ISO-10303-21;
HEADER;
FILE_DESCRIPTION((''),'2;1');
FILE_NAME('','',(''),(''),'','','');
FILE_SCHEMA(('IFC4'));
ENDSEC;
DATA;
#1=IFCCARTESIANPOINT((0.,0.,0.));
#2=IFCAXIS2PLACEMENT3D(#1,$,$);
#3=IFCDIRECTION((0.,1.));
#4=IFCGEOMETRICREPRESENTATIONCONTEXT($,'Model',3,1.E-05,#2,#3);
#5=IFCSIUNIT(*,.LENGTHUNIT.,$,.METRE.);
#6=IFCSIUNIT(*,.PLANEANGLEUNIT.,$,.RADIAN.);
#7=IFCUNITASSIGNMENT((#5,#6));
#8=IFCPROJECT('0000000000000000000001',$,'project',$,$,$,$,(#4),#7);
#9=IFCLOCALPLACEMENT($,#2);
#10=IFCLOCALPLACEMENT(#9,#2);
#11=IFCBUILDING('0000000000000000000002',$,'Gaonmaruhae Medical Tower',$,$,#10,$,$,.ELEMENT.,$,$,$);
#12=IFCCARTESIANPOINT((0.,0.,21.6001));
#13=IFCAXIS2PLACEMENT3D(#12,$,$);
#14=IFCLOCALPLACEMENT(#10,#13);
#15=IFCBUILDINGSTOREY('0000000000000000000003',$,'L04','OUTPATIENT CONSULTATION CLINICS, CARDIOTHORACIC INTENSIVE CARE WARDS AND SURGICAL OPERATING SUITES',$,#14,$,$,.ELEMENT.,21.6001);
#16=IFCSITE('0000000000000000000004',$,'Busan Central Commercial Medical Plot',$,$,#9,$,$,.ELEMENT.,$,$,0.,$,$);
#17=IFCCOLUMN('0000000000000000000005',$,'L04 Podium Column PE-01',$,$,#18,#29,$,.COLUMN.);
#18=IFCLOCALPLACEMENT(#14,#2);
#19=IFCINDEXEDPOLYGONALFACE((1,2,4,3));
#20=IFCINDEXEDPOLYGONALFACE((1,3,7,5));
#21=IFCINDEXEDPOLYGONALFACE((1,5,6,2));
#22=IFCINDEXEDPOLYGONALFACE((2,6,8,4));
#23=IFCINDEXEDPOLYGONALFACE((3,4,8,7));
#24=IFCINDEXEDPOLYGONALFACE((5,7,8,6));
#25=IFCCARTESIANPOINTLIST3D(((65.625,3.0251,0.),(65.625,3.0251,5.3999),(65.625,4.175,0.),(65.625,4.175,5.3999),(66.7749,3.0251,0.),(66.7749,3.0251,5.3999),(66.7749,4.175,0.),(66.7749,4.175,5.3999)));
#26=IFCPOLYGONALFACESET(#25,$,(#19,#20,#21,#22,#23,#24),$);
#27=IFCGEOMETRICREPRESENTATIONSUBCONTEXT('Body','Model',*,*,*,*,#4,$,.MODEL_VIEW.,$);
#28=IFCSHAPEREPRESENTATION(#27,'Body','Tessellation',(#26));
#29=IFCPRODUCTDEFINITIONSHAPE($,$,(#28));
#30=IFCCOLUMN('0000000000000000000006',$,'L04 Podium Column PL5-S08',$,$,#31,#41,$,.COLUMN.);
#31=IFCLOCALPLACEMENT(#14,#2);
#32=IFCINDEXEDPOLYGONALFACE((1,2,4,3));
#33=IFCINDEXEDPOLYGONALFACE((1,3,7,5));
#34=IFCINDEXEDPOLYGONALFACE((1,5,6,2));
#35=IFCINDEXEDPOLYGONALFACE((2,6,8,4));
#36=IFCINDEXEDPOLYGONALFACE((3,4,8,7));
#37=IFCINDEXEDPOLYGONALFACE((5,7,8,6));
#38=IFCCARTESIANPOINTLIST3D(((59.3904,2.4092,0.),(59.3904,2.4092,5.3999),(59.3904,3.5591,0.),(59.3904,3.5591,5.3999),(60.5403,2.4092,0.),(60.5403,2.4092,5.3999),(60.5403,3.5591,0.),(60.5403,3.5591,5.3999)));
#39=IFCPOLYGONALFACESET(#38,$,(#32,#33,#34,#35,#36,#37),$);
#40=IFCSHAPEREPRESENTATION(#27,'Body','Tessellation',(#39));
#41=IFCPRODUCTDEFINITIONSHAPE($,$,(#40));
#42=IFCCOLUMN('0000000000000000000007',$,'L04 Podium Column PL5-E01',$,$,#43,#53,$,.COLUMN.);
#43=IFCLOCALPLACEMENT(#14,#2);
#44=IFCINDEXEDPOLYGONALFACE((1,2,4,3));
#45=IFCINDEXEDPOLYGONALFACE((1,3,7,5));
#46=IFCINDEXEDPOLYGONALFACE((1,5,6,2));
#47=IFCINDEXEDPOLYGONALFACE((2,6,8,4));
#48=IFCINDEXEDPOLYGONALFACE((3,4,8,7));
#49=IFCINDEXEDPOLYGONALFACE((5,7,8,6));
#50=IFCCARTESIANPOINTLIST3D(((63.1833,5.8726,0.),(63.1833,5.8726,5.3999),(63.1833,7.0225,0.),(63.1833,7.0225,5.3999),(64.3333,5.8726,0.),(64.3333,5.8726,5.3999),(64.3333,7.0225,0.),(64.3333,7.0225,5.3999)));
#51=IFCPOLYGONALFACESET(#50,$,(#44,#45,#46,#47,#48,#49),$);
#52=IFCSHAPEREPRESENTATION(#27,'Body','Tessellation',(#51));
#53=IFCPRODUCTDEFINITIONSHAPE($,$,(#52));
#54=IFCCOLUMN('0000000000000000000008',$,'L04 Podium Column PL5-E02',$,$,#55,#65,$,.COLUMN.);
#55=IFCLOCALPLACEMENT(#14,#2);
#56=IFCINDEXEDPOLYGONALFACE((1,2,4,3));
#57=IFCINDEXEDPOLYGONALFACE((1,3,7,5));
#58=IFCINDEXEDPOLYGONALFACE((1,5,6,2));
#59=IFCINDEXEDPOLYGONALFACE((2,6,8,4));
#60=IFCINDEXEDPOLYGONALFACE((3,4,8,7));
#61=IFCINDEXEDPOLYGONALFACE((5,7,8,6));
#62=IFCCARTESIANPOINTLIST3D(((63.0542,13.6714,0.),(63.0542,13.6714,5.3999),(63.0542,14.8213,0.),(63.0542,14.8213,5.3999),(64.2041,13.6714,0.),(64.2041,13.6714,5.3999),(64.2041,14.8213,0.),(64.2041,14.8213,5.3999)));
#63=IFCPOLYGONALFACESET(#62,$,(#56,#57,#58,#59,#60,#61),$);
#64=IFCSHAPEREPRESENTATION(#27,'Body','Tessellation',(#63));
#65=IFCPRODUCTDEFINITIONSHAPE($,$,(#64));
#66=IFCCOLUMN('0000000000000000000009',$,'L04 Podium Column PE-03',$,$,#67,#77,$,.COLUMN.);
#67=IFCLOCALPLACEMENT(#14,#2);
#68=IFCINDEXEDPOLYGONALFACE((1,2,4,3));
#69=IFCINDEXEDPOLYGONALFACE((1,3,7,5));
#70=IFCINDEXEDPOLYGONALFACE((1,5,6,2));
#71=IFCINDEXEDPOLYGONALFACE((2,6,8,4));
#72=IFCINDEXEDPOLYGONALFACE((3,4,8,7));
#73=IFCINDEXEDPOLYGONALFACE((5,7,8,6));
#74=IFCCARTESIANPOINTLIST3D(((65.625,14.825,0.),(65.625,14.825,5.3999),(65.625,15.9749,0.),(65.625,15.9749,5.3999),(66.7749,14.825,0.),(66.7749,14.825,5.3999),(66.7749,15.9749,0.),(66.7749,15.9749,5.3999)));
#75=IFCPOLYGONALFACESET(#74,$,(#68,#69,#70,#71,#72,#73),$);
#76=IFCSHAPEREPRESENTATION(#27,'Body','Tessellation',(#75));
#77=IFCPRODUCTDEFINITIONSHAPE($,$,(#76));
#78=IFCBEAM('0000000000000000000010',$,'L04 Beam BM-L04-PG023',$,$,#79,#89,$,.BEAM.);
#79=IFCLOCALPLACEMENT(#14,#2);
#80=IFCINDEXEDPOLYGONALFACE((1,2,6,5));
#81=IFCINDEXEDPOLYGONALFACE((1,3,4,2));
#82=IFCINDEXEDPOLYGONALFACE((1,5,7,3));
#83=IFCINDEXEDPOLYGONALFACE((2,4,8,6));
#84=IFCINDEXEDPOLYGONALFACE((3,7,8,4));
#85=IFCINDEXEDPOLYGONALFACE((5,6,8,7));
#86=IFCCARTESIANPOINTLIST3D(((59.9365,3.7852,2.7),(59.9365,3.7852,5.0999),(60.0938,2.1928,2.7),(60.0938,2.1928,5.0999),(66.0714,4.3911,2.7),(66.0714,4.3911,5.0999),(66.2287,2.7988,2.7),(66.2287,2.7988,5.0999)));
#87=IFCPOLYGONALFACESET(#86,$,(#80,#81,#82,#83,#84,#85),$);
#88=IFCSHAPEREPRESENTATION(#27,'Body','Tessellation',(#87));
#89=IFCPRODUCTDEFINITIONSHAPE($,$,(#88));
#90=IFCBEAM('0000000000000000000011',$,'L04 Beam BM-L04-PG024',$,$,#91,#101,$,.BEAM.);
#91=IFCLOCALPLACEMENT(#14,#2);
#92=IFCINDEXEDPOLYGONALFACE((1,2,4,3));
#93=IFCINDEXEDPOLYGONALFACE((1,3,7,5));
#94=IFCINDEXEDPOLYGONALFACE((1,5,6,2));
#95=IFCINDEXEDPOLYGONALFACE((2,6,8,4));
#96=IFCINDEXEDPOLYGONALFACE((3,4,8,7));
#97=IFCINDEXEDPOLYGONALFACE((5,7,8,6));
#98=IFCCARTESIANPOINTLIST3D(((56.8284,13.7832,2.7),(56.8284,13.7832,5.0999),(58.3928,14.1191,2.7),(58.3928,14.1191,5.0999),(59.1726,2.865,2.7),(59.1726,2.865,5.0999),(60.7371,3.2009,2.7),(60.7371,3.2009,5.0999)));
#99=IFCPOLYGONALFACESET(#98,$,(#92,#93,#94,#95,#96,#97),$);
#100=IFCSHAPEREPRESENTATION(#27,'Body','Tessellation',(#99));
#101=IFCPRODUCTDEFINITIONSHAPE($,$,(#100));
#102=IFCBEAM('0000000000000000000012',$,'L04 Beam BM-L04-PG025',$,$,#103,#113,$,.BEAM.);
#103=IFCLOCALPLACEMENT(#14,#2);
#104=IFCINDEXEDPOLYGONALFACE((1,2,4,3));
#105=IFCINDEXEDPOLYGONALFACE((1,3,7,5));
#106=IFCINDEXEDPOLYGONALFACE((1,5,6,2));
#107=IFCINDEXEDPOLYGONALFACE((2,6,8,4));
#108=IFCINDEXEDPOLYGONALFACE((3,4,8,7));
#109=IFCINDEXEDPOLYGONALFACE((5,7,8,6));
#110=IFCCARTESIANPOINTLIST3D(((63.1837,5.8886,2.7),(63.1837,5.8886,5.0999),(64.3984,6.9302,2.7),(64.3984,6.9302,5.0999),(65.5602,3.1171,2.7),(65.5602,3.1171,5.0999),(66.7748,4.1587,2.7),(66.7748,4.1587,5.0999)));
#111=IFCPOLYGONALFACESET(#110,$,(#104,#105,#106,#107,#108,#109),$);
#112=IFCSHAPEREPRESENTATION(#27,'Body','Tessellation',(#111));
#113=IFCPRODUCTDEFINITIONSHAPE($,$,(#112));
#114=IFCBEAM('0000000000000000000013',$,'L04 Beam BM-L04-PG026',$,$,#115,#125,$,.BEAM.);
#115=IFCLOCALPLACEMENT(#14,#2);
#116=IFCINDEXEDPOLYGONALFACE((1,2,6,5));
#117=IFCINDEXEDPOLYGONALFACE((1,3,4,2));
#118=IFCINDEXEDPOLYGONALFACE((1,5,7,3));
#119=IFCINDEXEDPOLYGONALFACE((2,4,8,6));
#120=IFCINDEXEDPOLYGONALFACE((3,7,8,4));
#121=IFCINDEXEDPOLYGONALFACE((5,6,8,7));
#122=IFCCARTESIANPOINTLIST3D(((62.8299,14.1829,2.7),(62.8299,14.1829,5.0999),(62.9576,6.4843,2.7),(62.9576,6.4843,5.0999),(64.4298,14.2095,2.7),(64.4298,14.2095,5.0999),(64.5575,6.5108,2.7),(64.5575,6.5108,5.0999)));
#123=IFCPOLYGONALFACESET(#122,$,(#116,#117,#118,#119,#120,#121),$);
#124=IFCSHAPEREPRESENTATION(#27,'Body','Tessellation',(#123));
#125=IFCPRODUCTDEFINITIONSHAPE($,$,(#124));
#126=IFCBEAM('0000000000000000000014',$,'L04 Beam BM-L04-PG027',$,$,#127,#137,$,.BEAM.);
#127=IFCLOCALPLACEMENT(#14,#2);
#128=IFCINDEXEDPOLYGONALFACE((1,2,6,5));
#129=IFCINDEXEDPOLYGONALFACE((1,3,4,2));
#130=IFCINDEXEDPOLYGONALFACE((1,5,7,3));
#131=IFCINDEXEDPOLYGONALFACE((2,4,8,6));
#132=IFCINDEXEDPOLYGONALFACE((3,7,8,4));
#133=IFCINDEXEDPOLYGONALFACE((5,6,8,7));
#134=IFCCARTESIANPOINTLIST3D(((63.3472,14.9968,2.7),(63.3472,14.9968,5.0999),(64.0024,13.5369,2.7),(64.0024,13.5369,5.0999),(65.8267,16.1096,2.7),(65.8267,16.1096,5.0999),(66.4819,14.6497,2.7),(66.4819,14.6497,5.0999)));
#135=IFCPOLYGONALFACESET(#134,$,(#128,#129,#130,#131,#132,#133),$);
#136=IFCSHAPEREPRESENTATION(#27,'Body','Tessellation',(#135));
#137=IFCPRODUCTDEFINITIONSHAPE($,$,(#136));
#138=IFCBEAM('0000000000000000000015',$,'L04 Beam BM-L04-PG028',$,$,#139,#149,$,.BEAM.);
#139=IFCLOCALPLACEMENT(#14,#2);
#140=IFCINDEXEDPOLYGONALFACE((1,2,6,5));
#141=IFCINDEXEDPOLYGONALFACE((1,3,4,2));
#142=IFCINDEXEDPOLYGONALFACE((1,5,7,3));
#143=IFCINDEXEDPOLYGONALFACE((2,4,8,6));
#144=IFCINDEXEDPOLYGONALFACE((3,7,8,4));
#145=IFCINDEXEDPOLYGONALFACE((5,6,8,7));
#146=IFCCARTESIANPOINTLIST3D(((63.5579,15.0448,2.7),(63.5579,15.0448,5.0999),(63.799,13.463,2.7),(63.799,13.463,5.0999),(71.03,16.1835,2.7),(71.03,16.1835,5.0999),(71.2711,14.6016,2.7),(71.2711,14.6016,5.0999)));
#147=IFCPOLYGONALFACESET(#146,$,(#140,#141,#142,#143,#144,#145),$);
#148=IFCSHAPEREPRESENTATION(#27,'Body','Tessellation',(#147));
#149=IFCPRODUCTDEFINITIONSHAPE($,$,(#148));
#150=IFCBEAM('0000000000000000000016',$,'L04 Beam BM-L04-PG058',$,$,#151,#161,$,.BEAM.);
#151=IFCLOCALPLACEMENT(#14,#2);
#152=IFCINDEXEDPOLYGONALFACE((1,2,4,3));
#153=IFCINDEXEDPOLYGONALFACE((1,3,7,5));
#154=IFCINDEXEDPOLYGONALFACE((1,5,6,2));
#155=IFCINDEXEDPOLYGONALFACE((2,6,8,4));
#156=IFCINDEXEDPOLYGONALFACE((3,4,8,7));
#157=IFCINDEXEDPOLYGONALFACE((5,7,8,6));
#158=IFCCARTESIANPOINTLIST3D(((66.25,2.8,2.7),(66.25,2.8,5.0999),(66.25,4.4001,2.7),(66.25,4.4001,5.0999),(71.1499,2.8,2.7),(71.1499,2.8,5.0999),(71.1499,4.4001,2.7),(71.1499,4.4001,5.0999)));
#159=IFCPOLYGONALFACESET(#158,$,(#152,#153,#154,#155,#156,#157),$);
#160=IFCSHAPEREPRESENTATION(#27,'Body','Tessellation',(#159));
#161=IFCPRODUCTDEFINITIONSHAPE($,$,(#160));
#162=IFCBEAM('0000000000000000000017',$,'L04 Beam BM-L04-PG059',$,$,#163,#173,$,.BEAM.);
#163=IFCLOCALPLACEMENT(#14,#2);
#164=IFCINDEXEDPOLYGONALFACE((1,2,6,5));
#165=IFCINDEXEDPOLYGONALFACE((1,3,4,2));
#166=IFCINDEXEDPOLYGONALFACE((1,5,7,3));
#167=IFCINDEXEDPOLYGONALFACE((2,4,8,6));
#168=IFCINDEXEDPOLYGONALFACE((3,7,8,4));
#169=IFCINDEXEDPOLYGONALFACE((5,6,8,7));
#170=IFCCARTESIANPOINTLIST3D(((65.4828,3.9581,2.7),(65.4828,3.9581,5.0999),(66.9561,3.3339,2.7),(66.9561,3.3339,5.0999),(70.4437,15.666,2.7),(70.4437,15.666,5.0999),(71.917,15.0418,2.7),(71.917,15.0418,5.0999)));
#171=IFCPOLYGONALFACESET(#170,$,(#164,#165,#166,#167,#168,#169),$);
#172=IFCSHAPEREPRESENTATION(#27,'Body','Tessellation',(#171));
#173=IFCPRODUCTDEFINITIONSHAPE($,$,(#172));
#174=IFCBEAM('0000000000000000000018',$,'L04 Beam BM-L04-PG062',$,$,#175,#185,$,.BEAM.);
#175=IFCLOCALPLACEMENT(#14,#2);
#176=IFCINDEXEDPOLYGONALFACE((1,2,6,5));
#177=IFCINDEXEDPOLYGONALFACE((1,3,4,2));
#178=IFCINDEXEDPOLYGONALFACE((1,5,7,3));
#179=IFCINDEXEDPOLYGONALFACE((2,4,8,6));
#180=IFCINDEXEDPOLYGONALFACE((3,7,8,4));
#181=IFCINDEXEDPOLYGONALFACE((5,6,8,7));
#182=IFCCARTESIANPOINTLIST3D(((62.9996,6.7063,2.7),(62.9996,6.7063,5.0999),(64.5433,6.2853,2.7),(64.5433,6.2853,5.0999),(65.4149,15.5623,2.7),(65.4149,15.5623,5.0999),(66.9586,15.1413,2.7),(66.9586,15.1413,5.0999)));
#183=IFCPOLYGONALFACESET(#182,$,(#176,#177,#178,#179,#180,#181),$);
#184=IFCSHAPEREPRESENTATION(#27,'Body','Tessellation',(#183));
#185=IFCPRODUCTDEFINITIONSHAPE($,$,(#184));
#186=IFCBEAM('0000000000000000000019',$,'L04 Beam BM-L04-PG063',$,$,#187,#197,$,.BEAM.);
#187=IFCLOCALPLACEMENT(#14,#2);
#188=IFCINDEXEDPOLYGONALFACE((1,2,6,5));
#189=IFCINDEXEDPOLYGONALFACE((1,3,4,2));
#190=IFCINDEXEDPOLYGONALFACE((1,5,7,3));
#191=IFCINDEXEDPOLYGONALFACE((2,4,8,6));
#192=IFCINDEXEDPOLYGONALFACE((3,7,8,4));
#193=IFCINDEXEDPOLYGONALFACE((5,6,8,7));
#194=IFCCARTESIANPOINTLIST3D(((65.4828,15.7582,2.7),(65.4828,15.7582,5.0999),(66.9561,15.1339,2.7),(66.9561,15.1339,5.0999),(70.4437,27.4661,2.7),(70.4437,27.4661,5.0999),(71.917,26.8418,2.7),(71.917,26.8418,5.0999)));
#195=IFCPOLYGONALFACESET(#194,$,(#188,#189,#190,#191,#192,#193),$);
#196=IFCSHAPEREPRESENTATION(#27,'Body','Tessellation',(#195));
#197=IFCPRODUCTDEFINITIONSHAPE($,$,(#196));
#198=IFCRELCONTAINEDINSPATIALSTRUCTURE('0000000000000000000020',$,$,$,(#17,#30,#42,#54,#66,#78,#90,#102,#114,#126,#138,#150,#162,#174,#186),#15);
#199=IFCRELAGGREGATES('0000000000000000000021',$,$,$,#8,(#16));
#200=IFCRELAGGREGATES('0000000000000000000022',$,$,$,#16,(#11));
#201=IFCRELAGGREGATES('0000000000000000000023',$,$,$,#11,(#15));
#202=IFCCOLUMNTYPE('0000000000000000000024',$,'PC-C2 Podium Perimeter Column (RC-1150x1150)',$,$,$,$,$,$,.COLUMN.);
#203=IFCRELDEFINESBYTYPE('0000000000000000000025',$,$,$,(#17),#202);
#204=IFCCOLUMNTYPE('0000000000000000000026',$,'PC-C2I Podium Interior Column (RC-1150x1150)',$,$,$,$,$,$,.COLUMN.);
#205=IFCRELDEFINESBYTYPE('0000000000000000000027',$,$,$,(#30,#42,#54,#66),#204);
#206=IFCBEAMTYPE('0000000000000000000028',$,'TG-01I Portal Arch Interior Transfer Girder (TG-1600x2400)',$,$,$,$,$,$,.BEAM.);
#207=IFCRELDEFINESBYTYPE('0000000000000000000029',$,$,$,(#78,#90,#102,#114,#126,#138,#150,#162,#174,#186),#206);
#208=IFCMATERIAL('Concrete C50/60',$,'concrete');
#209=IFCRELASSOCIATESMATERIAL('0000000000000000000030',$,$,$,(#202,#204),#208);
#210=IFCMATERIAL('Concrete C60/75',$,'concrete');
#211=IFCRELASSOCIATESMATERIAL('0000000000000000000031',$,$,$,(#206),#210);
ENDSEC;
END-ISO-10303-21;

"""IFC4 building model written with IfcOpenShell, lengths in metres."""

from ifc_helpers import new_model, si_unit, direction, frame, origin, origin_2d, place, context, subcontext, project, spatial, rectangle, extrude, material, material_profile, profile_set, type_object, element, save


model = new_model("IFC4")

# Units and contexts
model_context = context("Model", 3, precision=1e-05, world=origin(), true_north=direction((0.0, 1.0)))
body_context = subcontext(model_context, "Body", "Model", "MODEL_VIEW")
ifc_project = project(units=[si_unit("LENGTHUNIT", "METRE"), si_unit("PLANEANGLEUNIT", "RADIAN")], contexts=[model_context])

# Site, building, storey
site_placement = place(None, origin())
site = spatial("IfcSite", under=ifc_project, at=site_placement, Name="Busan Central Commercial Medical Plot", CompositionType="ELEMENT", RefElevation=0.0)
building_placement = place(site_placement, origin())
building = spatial("IfcBuilding", under=site, at=building_placement, Name="Gaonmaruhae Medical Tower", CompositionType="ELEMENT")
storey_placement = place(building_placement, frame((0.0, 0.0, 21.6001)))
storey = spatial("IfcBuildingStorey", under=building, at=storey_placement, Name="L04", Description="OUTPATIENT CONSULTATION CLINICS, CARDIOTHORACIC INTENSIVE CARE WARDS AND SURGICAL OPERATING SUITES", CompositionType="ELEMENT", Elevation=21.6001)

# Columns
ifc_material_1 = material(Name="Concrete C50/60", Category="concrete")
ifc_material_profile_1 = material_profile(ifc_material_1, rectangle(XDim=1.1499, YDim=1.1499, at=origin_2d()), Name="RC-1150x1150")
ifc_profile_set_1 = profile_set([ifc_material_profile_1], Name="Concrete C50/60")
column_type_1 = type_object("IfcColumnType", Name="PC-C2 Podium Perimeter Column (RC-1150x1150)", PredefinedType="COLUMN", material=ifc_profile_set_1)
column_placement = place(storey_placement, frame((66.2, 3.6001, 0.0), z_axis=(0.0, 0.0, 1.0), x_axis=(1.0, 0.0, 0.0)))
element("IfcColumn", 1, at=column_placement, inside=storey, type_object=column_type_1, Name="L04 Podium Column PE-01", PredefinedType="COLUMN", context=body_context, shape_type="SweptSolid", body=[
    extrude(rectangle(XDim=1.1499, YDim=1.1499, at=origin_2d()), origin(), (0.0, 0.0, 1.0), 5.3999),
])
ifc_material_profile_2 = material_profile(ifc_material_1, rectangle(XDim=1.1499, YDim=1.1499, at=origin_2d()), Name="RC-1150x1150")
ifc_profile_set_2 = profile_set([ifc_material_profile_2], Name="Concrete C50/60")
column_type_2 = type_object("IfcColumnType", Name="PC-C2I Podium Interior Column (RC-1150x1150)", PredefinedType="COLUMN", material=ifc_profile_set_2)
for number, where, z_axis, x_axis, name in (
    (2, (59.9653, 2.9841, 0.0), (0.0, 0.0, 1.0), (1.0, 0.0, 0.0), "L04 Podium Column PL5-S08"),
    (3, (63.7583, 6.4475, 0.0), (0.0, 0.0, 1.0), (1.0, 0.0, 0.0), "L04 Podium Column PL5-E01"),
    (4, (63.6292, 14.2463, 0.0), (0.0, 0.0, 1.0), (1.0, 0.0, 0.0), "L04 Podium Column PL5-E02"),
    (5, (66.2, 15.3999, 0.0), (0.0, 0.0, 1.0), (1.0, 0.0, 0.0), "L04 Podium Column PE-03"),
):
    element("IfcColumn", number, at=place(storey_placement, frame(where, z_axis=z_axis, x_axis=x_axis)), inside=storey, type_object=column_type_2, Name=name, PredefinedType="COLUMN", context=body_context, shape_type="SweptSolid", body=[
        extrude(rectangle(XDim=1.1499, YDim=1.1499, at=origin_2d()), origin(), (0.0, 0.0, 1.0), 5.3999),
    ])

# Beams
ifc_material_2 = material(Name="Concrete C60/75", Category="concrete")
ifc_material_profile_3 = material_profile(ifc_material_2, rectangle(XDim=1.6001, YDim=2.3999, at=origin_2d()), Name="TG-1600x2400")
ifc_profile_set_3 = profile_set([ifc_material_profile_3], Name="Concrete C60/75")
beam_type_1 = type_object("IfcBeamType", Name="TG-01I Portal Arch Interior Transfer Girder (TG-1600x2400)", PredefinedType="BEAM", material=ifc_profile_set_3)
beam_1_placement = place(storey_placement, frame((60.0151, 2.989, 3.8999), z_axis=(0.995158, 0.098292, 0.0), x_axis=(-0.098292, 0.995158, 0.0)))
element("IfcBeam", 6, at=beam_1_placement, inside=storey, type_object=beam_type_1, Name="L04 Beam BM-L04-PG023", PredefinedType="BEAM", context=body_context, shape_type="SweptSolid", body=[
    extrude(rectangle(XDim=1.6001, YDim=2.3999, at=origin_2d()), origin(), (0.0, 0.0, 1.0), 6.1648),
])
beam_2_placement = place(storey_placement, frame((59.9548, 3.033, 3.8999), z_axis=(-0.209925, 0.977718, 0.0), x_axis=(-0.977718, -0.209925, 0.0)))
element("IfcBeam", 7, at=beam_2_placement, inside=storey, type_object=beam_type_1, Name="L04 Beam BM-L04-PG024", PredefinedType="BEAM", context=body_context, shape_type="SweptSolid", body=[
    extrude(rectangle(XDim=1.6001, YDim=2.3999, at=origin_2d()), origin(), (0.0, 0.0, 1.0), 11.167),
])
beam_3_placement = place(storey_placement, frame((63.791, 6.4094, 3.8999), z_axis=(0.650935, -0.759134, 0.0), x_axis=(0.759134, 0.650935, 0.0)))
element("IfcBeam", 8, at=beam_3_placement, inside=storey, type_object=beam_type_1, Name="L04 Beam BM-L04-PG025", PredefinedType="BEAM", context=body_context, shape_type="SweptSolid", body=[
    extrude(rectangle(XDim=1.6001, YDim=2.3999, at=origin_2d()), origin(), (0.0, 0.0, 1.0), 3.6509),
])
beam_4_placement = place(storey_placement, frame((63.7576, 6.4976, 3.8999), z_axis=(-0.016583, 0.999862, 0.0), x_axis=(-0.999862, -0.016583, 0.0)))
element("IfcBeam", 9, at=beam_4_placement, inside=storey, type_object=beam_type_1, Name="L04 Beam BM-L04-PG026", PredefinedType="BEAM", context=body_context, shape_type="SweptSolid", body=[
    extrude(rectangle(XDim=1.6001, YDim=2.3999, at=origin_2d()), origin(), (0.0, 0.0, 1.0), 7.6997),
])
beam_5_placement = place(storey_placement, frame((63.6748, 14.2668, 3.8999), z_axis=(0.912331, 0.409453, 0.0), x_axis=(-0.409453, 0.912331, 0.0)))
element("IfcBeam", 10, at=beam_5_placement, inside=storey, type_object=beam_type_1, Name="L04 Beam BM-L04-PG027", PredefinedType="BEAM", context=body_context, shape_type="SweptSolid", body=[
    extrude(rectangle(XDim=1.6001, YDim=2.3999, at=origin_2d()), origin(), (0.0, 0.0, 1.0), 2.7178),
])
beam_6_placement = place(storey_placement, frame((63.6785, 14.2539, 3.8999), z_axis=(0.988587, 0.150649, 0.0), x_axis=(-0.150649, 0.988587, 0.0)))
element("IfcBeam", 11, at=beam_6_placement, inside=storey, type_object=beam_type_1, Name="L04 Beam BM-L04-PG028", PredefinedType="BEAM", context=body_context, shape_type="SweptSolid", body=[
    extrude(rectangle(XDim=1.6001, YDim=2.3999, at=origin_2d()), origin(), (0.0, 0.0, 1.0), 7.5583),
])
beam_7_placement = place(storey_placement, frame((66.25, 3.6001, 3.8999), z_axis=(1.0, 0.0, 0.0), x_axis=(0.0, 1.0, 0.0)))
element("IfcBeam", 12, at=beam_7_placement, inside=storey, type_object=beam_type_1, Name="L04 Beam BM-L04-PG058", PredefinedType="BEAM", context=body_context, shape_type="SweptSolid", body=[
    extrude(rectangle(XDim=1.6001, YDim=2.3999, at=origin_2d()), origin(), (0.0, 0.0, 1.0), 4.8999),
])
beam_8_placement = place(storey_placement, frame((66.2195, 3.646, 3.8999), z_axis=(0.390144, 0.920754, 0.0), x_axis=(-0.920754, 0.390144, 0.0)))
element("IfcBeam", 13, at=beam_8_placement, inside=storey, type_object=beam_type_1, Name="L04 Beam BM-L04-PG059", PredefinedType="BEAM", context=body_context, shape_type="SweptSolid", body=[
    extrude(rectangle(XDim=1.6001, YDim=2.3999, at=origin_2d()), origin(), (0.0, 0.0, 1.0), 12.7156),
])
beam_9_placement = place(storey_placement, frame((66.1868, 15.3518, 3.8999), z_axis=(-0.26312, -0.964763, 0.0), x_axis=(0.964763, -0.26312, 0.0)))
element("IfcBeam", 14, at=beam_9_placement, inside=storey, type_object=beam_type_1, Name="L04 Beam BM-L04-PG062", PredefinedType="BEAM", context=body_context, shape_type="SweptSolid", body=[
    extrude(rectangle(XDim=1.6001, YDim=2.3999, at=origin_2d()), origin(), (0.0, 0.0, 1.0), 9.1794),
])
beam_10_placement = place(storey_placement, frame((66.2195, 15.446, 3.8999), z_axis=(0.390144, 0.920754, 0.0), x_axis=(-0.920754, 0.390144, 0.0)))
element("IfcBeam", 15, at=beam_10_placement, inside=storey, type_object=beam_type_1, Name="L04 Beam BM-L04-PG063", PredefinedType="BEAM", context=body_context, shape_type="SweptSolid", body=[
    extrude(rectangle(XDim=1.6001, YDim=2.3999, at=origin_2d()), origin(), (0.0, 0.0, 1.0), 12.7156),
])

save(model, "model.ifc")
